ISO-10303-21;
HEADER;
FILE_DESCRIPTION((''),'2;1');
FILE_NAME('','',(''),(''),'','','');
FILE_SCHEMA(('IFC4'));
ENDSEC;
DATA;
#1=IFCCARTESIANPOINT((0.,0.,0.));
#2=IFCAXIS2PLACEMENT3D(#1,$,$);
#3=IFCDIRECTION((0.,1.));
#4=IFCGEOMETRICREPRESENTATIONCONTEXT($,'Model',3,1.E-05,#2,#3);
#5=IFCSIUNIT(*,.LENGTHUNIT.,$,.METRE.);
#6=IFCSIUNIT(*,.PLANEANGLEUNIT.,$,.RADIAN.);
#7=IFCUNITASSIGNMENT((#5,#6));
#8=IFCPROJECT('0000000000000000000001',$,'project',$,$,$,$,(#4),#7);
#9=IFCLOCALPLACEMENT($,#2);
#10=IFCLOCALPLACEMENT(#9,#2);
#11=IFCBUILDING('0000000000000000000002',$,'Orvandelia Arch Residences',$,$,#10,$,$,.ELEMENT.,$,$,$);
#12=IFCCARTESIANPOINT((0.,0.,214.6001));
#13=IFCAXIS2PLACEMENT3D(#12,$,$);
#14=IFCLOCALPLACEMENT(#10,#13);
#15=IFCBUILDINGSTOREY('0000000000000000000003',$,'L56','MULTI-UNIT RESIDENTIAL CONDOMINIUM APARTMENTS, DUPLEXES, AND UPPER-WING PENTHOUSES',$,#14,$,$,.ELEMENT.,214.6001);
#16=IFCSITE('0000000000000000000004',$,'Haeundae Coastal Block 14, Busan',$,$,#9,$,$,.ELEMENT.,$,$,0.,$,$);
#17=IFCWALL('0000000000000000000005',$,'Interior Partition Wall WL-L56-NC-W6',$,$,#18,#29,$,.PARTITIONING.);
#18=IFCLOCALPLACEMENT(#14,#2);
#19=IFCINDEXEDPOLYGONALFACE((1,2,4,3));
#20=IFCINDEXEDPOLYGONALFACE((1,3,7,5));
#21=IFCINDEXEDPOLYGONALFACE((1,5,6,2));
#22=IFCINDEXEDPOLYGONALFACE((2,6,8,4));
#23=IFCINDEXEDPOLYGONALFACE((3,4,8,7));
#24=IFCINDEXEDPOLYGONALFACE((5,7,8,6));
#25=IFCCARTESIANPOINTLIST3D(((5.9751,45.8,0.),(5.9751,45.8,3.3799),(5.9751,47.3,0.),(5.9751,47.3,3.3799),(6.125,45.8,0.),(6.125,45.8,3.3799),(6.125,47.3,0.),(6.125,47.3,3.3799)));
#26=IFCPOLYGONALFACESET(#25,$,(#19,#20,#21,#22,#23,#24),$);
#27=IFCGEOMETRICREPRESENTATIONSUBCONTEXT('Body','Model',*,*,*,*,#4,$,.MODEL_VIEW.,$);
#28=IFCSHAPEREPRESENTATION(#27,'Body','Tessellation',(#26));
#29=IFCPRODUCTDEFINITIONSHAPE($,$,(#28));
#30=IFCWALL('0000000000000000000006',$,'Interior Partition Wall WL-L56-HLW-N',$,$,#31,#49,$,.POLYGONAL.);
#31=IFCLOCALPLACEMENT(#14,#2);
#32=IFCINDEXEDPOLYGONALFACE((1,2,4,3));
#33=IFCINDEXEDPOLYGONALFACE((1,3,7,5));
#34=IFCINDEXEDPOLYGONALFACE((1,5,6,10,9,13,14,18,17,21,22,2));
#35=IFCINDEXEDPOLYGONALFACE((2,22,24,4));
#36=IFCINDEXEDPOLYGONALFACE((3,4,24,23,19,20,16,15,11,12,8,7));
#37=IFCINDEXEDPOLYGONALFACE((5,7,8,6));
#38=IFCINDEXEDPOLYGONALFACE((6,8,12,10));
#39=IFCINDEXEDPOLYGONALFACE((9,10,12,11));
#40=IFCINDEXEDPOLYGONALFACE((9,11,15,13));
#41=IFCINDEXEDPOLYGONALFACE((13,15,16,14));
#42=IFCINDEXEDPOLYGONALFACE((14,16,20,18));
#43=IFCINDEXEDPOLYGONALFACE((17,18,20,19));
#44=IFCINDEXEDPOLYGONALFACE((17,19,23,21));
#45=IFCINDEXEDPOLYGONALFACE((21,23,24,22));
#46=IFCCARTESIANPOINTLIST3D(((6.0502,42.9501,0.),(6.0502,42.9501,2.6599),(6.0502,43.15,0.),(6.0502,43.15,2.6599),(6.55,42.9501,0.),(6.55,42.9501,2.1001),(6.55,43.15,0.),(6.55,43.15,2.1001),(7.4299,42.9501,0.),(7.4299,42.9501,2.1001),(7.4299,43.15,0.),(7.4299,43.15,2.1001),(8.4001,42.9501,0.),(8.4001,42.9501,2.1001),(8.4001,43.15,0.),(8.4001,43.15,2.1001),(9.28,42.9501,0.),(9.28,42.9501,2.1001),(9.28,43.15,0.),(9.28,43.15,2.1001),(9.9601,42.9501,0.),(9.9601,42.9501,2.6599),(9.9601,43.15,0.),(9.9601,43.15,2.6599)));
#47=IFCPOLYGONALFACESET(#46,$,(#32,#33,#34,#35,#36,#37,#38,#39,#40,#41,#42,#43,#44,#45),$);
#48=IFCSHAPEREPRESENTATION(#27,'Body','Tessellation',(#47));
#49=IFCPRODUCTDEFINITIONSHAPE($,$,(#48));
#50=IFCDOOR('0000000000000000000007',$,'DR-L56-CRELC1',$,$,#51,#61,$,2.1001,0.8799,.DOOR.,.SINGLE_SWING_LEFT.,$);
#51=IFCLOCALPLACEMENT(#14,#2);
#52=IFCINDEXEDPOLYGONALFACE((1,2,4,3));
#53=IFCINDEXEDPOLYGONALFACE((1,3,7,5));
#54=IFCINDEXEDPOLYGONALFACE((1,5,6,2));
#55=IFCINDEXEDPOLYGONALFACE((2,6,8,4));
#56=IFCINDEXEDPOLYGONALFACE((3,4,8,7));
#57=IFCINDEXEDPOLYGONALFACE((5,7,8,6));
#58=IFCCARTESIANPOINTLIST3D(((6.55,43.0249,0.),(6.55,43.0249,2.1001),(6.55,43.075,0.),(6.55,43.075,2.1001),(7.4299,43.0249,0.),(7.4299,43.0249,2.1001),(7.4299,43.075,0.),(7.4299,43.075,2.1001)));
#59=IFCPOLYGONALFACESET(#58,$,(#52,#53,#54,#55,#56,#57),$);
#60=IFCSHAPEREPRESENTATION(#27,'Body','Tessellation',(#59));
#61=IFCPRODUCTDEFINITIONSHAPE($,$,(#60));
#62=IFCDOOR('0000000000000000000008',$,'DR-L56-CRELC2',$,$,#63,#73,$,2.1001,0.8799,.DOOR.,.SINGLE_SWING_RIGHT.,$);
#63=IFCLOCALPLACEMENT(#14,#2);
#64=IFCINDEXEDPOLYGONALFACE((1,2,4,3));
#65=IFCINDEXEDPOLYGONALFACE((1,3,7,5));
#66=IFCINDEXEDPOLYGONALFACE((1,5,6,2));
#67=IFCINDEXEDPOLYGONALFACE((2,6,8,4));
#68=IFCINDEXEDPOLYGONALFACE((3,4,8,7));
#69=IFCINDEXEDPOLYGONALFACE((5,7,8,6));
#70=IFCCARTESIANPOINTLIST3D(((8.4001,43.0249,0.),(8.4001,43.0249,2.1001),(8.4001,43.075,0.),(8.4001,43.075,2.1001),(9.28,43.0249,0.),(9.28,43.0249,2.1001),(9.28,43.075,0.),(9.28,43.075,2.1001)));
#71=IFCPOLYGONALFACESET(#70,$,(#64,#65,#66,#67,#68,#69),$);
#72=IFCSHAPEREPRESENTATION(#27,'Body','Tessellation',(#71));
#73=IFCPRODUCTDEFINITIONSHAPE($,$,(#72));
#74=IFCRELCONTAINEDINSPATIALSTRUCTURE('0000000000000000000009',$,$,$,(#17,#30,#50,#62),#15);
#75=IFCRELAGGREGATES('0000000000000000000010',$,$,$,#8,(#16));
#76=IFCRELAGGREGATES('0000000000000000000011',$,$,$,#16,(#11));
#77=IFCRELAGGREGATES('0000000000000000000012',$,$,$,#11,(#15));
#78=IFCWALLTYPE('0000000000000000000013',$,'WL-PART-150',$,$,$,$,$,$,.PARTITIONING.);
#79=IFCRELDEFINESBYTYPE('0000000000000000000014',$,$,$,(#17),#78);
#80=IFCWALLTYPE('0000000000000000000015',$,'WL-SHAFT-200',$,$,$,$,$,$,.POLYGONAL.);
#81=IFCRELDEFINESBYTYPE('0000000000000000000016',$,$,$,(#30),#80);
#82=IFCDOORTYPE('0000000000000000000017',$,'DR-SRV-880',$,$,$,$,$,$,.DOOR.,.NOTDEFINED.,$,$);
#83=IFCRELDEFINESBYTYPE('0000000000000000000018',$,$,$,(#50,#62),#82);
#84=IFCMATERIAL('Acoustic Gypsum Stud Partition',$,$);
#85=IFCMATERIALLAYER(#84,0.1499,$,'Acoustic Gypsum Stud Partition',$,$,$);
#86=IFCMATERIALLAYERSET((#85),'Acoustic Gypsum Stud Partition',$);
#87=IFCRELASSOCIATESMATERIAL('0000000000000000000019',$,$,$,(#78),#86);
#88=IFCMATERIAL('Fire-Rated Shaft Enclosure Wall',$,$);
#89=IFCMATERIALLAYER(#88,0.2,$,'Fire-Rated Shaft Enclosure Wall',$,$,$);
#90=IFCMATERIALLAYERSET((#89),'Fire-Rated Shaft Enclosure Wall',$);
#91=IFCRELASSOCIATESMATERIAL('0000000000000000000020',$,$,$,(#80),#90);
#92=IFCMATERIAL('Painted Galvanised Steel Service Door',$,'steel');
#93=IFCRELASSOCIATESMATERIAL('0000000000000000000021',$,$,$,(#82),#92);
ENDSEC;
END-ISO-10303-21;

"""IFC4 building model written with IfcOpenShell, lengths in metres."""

from ifc_helpers import new_model, si_unit, direction, frame, frame_2d, origin, place, context, subcontext, project, spatial, rectangle, extrude, material, layer, layer_set, type_object, element, fill, save


model = new_model("IFC4")

# Units and contexts
model_context = context("Model", 3, precision=1e-05, world=origin(), true_north=direction((0.0, 1.0)))
body_context = subcontext(model_context, "Body", "Model", "MODEL_VIEW")
ifc_project = project(units=[si_unit("LENGTHUNIT", "METRE"), si_unit("PLANEANGLEUNIT", "RADIAN")], contexts=[model_context])

# Site, building, storey
site_placement = place(None, origin())
site = spatial("IfcSite", under=ifc_project, at=site_placement, Name="Haeundae Coastal Block 14, Busan", CompositionType="ELEMENT", RefElevation=0.0)
building_placement = place(site_placement, origin())
building = spatial("IfcBuilding", under=site, at=building_placement, Name="Orvandelia Arch Residences", CompositionType="ELEMENT")
storey_placement = place(building_placement, frame((0.0, 0.0, 214.6001)))
storey = spatial("IfcBuildingStorey", under=building, at=storey_placement, Name="L56", Description="MULTI-UNIT RESIDENTIAL CONDOMINIUM APARTMENTS, DUPLEXES, AND UPPER-WING PENTHOUSES", CompositionType="ELEMENT", Elevation=214.6001)

# Wall
ifc_material_1 = material(Name="Acoustic Gypsum Stud Partition")
ifc_layer_1 = layer(ifc_material_1, 0.1499, Name="Acoustic Gypsum Stud Partition")
ifc_layer_set_1 = layer_set([ifc_layer_1], Name="Acoustic Gypsum Stud Partition")
wall_type_1 = type_object("IfcWallType", Name="WL-PART-150", PredefinedType="PARTITIONING", material=ifc_layer_set_1)
wall_1_placement = place(storey_placement, frame((6.05, 45.8, 0.0), z_axis=(0.0, 0.0, 1.0), x_axis=(0.0, 1.0, 0.0)))
element("IfcWall", 1, at=wall_1_placement, inside=storey, type_object=wall_type_1, Name="Interior Partition Wall WL-L56-NC-W6", PredefinedType="PARTITIONING", context=body_context, shape_type="SweptSolid", body=[
    extrude(rectangle(XDim=1.5, YDim=0.1499, at=frame_2d((0.75, 0.0))), origin(), (0.0, 0.0, 1.0), 3.3799),
])

# Wall, openings, doors
ifc_material_2 = material(Name="Fire-Rated Shaft Enclosure Wall")
ifc_layer_2 = layer(ifc_material_2, 0.2, Name="Fire-Rated Shaft Enclosure Wall")
ifc_layer_set_2 = layer_set([ifc_layer_2], Name="Fire-Rated Shaft Enclosure Wall")
wall_type_2 = type_object("IfcWallType", Name="WL-SHAFT-200", PredefinedType="POLYGONAL", material=ifc_layer_set_2)
wall_2_placement = place(storey_placement, frame((6.05, 43.05, 0.0), z_axis=(0.0, 0.0, 1.0), x_axis=(1.0, 0.0, 0.0)))
wall_2 = element("IfcWall", 2, at=wall_2_placement, inside=storey, type_object=wall_type_2, Name="Interior Partition Wall WL-L56-HLW-N", PredefinedType="POLYGONAL", context=body_context, shape_type="SweptSolid", body=[
    extrude(rectangle(XDim=3.9099, YDim=0.2, at=frame_2d((1.9551, 0.0))), origin(), (0.0, 0.0, 1.0), 2.6599),
])
opening_1_placement = place(wall_2_placement, frame((0.5, 0.0, 0.0)))
opening_1 = element("IfcOpeningElement", 3, at=opening_1_placement, cuts=wall_2, PredefinedType="OPENING", context=body_context, shape_type="SweptSolid", body=[
    extrude(rectangle(XDim=0.8799, YDim=2.1001, at=frame_2d((0.4399, 1.05))), frame((0.0, 0.1099, 0.0), z_axis=(0.0, -1.0, 0.0), x_axis=(1.0, 0.0, 0.0)), (0.0, 0.0, 1.0), 0.22),
])
opening_2_placement = place(wall_2_placement, frame((2.3501, 0.0, 0.0)))
opening_2 = element("IfcOpeningElement", 4, at=opening_2_placement, cuts=wall_2, PredefinedType="OPENING", context=body_context, shape_type="SweptSolid", body=[
    extrude(rectangle(XDim=0.8799, YDim=2.1001, at=frame_2d((0.4399, 1.05))), frame((0.0, 0.1099, 0.0), z_axis=(0.0, -1.0, 0.0), x_axis=(1.0, 0.0, 0.0)), (0.0, 0.0, 1.0), 0.22),
])
ifc_material_3 = material(Name="Painted Galvanised Steel Service Door", Category="steel")
door_type = type_object("IfcDoorType", Name="DR-SRV-880", OperationType="NOTDEFINED", PredefinedType="DOOR", material=ifc_material_3)
door_1_placement = place(opening_1_placement, origin())
door_1 = element("IfcDoor", 5, at=door_1_placement, inside=storey, type_object=door_type, Name="DR-L56-CRELC1", OperationType="SINGLE_SWING_LEFT", OverallHeight=2.1001, OverallWidth=0.8799, PredefinedType="DOOR", context=body_context, shape_type="SweptSolid", body=[
    extrude(rectangle(XDim=0.8799, YDim=2.1001, at=frame_2d((0.4399, 1.05))), frame((0.0, 0.0249, 0.0), z_axis=(0.0, -1.0, 0.0), x_axis=(1.0, 0.0, 0.0)), (0.0, 0.0, 1.0), 0.05),
])
fill(opening_1, door_1)
door_2_placement = place(opening_2_placement, origin())
door_2 = element("IfcDoor", 6, at=door_2_placement, inside=storey, type_object=door_type, Name="DR-L56-CRELC2", OperationType="SINGLE_SWING_RIGHT", OverallHeight=2.1001, OverallWidth=0.8799, PredefinedType="DOOR", context=body_context, shape_type="SweptSolid", body=[
    extrude(rectangle(XDim=0.8799, YDim=2.1001, at=frame_2d((0.4399, 1.05))), frame((0.0, 0.0249, 0.0), z_axis=(0.0, -1.0, 0.0), x_axis=(1.0, 0.0, 0.0)), (0.0, 0.0, 1.0), 0.05),
])
fill(opening_2, door_2)

save(model, "model.ifc")
